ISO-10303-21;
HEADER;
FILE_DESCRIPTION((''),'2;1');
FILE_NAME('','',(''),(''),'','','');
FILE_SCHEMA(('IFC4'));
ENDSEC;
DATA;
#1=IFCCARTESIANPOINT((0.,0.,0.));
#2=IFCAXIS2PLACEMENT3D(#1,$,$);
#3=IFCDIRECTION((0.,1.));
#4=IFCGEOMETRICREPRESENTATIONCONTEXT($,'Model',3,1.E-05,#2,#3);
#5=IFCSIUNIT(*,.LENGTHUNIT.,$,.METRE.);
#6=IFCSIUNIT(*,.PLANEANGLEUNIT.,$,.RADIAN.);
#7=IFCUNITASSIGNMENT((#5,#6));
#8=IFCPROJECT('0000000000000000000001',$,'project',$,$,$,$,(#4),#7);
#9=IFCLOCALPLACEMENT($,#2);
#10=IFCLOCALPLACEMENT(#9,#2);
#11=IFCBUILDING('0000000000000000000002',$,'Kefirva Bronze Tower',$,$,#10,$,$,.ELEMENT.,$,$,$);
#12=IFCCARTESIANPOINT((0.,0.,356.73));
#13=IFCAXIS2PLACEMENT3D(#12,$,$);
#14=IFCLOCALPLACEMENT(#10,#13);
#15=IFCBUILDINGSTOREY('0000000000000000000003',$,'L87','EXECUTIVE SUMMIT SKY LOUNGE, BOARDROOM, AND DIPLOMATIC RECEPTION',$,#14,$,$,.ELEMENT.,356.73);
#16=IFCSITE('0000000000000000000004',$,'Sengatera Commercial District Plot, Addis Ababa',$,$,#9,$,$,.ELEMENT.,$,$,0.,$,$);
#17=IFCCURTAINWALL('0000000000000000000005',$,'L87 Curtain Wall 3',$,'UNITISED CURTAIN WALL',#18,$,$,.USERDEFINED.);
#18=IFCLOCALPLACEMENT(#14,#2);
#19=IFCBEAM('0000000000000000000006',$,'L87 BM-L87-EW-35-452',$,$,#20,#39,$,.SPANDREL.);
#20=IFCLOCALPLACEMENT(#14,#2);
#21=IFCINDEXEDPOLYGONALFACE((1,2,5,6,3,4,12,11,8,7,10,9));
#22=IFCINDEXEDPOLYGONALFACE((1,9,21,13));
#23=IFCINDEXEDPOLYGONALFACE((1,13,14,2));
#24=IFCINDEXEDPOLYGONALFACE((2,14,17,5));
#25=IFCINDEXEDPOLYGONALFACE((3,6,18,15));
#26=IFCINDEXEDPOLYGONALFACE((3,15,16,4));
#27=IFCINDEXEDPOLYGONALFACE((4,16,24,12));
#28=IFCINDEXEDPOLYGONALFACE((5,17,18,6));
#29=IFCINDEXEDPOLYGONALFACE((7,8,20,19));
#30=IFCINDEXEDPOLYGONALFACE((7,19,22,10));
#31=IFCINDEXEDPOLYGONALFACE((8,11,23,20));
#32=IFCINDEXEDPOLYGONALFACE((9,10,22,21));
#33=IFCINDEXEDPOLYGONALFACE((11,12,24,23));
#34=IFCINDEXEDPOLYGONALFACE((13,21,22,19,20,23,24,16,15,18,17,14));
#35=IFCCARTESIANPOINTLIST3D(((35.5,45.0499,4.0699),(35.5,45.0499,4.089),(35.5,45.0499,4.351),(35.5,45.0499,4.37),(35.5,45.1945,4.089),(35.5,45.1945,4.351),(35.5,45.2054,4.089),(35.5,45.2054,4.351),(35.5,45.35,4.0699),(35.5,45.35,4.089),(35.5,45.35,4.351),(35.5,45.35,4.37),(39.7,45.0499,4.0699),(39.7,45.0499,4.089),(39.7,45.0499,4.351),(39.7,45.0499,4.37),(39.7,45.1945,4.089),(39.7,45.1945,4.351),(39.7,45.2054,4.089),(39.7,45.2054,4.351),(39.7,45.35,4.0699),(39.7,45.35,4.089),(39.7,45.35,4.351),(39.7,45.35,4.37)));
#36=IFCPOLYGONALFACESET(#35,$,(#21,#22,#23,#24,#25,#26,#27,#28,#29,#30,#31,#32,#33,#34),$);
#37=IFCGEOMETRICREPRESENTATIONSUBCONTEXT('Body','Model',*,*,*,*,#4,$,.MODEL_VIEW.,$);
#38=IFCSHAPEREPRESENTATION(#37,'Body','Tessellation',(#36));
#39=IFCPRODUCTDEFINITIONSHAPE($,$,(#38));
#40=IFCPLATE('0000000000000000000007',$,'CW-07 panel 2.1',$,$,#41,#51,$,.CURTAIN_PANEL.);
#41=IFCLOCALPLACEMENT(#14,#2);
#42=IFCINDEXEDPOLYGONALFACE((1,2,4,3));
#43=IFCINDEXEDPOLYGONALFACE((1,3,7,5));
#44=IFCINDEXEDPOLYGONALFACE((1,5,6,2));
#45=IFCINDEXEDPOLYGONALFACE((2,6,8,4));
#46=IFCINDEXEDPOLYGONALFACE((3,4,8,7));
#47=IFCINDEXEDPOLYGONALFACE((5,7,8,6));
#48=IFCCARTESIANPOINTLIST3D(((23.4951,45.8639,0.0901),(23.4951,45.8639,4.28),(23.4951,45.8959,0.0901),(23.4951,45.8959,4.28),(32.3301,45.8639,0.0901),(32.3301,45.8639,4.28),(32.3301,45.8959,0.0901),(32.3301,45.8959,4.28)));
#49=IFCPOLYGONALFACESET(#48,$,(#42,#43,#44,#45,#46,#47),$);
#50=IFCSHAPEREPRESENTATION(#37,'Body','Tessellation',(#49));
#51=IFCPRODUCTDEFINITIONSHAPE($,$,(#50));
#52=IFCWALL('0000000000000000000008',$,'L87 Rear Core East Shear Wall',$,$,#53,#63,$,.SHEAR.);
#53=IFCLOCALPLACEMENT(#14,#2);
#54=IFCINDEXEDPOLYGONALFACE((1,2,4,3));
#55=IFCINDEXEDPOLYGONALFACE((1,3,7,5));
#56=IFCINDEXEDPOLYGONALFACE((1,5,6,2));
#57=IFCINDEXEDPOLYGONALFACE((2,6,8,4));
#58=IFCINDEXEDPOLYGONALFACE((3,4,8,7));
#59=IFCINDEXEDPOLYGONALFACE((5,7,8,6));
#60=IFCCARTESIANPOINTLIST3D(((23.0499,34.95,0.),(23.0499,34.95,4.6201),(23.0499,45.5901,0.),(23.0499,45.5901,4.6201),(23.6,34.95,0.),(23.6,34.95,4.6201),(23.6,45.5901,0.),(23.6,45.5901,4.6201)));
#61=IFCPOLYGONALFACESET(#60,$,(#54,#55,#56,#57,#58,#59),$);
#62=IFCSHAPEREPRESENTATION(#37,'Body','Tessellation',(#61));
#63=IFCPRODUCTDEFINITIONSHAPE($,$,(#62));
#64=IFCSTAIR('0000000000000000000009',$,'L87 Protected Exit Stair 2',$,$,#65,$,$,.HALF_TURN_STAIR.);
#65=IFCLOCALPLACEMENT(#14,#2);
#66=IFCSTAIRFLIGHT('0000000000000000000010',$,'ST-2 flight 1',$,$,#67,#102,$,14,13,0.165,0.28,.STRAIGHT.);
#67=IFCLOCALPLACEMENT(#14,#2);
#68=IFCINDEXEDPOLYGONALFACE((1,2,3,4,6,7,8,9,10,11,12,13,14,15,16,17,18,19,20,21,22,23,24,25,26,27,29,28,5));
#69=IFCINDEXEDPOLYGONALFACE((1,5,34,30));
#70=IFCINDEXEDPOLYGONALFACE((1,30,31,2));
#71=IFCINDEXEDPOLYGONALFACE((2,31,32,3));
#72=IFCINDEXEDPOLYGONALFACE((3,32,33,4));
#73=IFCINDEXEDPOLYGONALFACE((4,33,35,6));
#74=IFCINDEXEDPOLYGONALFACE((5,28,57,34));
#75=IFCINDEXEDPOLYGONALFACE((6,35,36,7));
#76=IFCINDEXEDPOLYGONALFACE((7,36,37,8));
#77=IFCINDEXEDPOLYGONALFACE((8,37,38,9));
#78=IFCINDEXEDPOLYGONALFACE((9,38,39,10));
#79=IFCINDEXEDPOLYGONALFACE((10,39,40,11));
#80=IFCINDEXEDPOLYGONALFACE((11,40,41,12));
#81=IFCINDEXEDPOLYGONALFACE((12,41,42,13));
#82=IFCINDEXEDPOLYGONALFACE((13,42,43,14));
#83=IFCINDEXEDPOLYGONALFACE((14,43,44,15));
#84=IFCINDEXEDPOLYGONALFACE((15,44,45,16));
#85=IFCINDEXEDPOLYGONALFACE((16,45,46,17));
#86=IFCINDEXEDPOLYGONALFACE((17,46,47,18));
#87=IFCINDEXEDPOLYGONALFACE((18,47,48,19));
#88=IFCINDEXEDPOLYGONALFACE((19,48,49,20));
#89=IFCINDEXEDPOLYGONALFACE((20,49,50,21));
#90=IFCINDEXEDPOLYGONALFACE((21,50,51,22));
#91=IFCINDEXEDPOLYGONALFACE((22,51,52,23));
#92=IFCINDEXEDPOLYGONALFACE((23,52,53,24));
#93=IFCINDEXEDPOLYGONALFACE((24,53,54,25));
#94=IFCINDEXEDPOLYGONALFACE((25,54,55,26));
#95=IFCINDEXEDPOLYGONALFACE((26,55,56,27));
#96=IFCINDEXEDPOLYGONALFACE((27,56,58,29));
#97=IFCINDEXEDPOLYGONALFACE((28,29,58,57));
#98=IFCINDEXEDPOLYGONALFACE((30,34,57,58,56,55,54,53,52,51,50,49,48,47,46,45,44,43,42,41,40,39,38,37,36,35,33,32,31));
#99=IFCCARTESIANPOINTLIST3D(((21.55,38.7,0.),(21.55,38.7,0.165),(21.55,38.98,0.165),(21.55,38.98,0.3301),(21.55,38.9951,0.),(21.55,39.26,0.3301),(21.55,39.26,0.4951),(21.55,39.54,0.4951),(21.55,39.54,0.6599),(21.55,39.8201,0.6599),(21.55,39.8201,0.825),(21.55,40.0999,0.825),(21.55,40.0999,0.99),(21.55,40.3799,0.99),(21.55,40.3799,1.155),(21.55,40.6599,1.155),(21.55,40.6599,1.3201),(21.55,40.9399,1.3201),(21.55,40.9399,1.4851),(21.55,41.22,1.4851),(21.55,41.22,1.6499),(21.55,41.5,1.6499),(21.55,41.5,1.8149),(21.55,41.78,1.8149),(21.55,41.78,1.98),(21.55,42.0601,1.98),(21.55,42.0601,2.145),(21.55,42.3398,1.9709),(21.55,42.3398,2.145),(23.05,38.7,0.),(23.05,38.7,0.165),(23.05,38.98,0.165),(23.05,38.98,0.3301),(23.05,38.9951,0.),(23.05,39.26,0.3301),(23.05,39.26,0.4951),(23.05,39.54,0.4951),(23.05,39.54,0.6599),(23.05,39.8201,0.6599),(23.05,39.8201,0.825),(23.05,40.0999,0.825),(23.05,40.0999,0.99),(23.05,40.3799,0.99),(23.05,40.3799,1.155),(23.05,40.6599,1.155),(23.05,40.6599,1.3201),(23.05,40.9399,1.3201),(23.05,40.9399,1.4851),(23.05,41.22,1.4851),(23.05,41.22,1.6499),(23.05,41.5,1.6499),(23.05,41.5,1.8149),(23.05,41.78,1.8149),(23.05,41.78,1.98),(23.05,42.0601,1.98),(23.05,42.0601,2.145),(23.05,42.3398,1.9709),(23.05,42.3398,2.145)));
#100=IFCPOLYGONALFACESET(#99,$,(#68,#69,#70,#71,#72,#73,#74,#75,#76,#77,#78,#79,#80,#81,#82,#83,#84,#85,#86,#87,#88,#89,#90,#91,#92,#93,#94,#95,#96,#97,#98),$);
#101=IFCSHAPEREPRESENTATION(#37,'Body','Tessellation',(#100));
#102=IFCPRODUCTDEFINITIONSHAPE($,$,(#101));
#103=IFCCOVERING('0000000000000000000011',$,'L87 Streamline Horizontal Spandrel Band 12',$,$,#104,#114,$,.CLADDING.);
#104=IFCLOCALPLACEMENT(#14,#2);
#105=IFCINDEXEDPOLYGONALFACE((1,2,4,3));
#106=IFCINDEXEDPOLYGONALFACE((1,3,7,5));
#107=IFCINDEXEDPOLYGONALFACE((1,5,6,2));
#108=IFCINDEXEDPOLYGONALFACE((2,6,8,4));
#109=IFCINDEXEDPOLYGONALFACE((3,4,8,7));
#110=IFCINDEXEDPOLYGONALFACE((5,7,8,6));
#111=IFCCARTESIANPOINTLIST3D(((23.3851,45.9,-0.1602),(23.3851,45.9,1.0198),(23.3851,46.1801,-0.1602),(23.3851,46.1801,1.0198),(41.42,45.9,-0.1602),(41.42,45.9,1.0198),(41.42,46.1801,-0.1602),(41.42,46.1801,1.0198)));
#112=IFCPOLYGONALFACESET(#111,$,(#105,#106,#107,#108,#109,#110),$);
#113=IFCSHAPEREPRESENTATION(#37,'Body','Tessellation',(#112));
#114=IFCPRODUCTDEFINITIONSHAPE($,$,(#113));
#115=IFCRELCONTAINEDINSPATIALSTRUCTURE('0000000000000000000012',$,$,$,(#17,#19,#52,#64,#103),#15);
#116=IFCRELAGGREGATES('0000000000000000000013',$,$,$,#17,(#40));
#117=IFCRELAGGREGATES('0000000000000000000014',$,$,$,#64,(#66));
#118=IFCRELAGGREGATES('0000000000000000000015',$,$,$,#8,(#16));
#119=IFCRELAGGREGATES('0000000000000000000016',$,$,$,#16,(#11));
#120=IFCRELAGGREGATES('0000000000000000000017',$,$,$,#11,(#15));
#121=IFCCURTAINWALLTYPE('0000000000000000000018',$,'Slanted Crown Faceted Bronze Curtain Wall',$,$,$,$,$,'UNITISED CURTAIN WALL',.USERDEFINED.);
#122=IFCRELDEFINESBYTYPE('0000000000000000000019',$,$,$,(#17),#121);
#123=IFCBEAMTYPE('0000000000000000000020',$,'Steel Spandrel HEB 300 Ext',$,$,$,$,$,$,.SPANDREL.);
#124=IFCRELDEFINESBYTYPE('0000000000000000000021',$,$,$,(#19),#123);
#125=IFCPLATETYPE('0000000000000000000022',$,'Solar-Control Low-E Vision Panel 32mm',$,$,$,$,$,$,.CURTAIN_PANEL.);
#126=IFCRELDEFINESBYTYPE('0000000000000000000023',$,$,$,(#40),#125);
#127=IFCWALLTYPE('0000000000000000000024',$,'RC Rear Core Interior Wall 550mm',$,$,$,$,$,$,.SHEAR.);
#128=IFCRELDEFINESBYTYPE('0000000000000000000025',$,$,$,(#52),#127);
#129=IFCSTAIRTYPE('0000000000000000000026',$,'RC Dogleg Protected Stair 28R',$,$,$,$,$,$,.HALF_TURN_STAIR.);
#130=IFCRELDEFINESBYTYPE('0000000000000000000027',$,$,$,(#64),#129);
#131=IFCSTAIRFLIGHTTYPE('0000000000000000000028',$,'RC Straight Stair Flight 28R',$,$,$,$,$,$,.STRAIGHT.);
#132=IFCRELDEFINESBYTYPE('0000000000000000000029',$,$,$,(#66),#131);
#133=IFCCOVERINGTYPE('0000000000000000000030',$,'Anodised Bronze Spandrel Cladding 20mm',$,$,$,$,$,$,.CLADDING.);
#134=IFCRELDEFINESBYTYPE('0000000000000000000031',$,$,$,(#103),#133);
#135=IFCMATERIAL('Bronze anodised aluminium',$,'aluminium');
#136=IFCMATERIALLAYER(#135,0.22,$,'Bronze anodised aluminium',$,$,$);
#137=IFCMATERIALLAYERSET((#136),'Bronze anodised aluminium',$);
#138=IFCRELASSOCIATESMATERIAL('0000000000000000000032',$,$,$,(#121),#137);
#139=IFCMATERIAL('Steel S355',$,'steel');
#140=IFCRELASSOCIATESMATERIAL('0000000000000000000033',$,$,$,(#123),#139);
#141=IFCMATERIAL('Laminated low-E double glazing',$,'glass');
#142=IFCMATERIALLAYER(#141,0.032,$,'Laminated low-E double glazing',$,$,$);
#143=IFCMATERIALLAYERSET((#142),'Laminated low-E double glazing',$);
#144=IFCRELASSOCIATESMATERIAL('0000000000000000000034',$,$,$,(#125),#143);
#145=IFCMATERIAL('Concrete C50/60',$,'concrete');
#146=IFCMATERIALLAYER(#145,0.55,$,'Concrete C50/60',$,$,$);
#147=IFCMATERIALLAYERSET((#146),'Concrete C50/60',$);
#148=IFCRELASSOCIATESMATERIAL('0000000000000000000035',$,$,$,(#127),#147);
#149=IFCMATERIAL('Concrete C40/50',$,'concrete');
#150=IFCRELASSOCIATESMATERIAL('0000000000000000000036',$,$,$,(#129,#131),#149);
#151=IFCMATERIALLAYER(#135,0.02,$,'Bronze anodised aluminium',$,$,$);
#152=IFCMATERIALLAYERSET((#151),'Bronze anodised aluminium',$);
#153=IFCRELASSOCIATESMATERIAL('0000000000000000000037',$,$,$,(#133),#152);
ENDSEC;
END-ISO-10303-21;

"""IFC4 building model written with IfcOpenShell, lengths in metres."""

from ifc_helpers import new_model, si_unit, direction, frame, frame_2d, origin, origin_2d, place, context, subcontext, project, spatial, polyline, rectangle, i_section, outline, extrude, material, layer, layer_set, material_profile, profile_set, type_object, element, aggregate, save


model = new_model("IFC4")

# Units and contexts
model_context = context("Model", 3, precision=1e-05, world=origin(), true_north=direction((0.0, 1.0)))
body_context = subcontext(model_context, "Body", "Model", "MODEL_VIEW")
ifc_project = project(units=[si_unit("LENGTHUNIT", "METRE"), si_unit("PLANEANGLEUNIT", "RADIAN")], contexts=[model_context])

# Site, building, storey
site_placement = place(None, origin())
site = spatial("IfcSite", under=ifc_project, at=site_placement, Name="Sengatera Commercial District Plot, Addis Ababa", CompositionType="ELEMENT", RefElevation=0.0)
building_placement = place(site_placement, origin())
building = spatial("IfcBuilding", under=site, at=building_placement, Name="Kefirva Bronze Tower", CompositionType="ELEMENT")
storey_placement = place(building_placement, frame((0.0, 0.0, 356.73)))
storey = spatial("IfcBuildingStorey", under=building, at=storey_placement, Name="L87", Description="EXECUTIVE SUMMIT SKY LOUNGE, BOARDROOM, AND DIPLOMATIC RECEPTION", CompositionType="ELEMENT", Elevation=356.73)

# Shared definitions
ifc_material_1 = material(Name="Concrete C50/60", Category="concrete")

# Curtain wall
ifc_material_2 = material(Name="Bronze anodised aluminium", Category="aluminium")
ifc_layer_1 = layer(ifc_material_2, 0.22, Name="Bronze anodised aluminium")
ifc_layer_set_1 = layer_set([ifc_layer_1], Name="Bronze anodised aluminium")
curtain_wall_type = type_object("IfcCurtainWallType", Name="Slanted Crown Faceted Bronze Curtain Wall", ElementType="UNITISED CURTAIN WALL", PredefinedType="USERDEFINED", material=ifc_layer_set_1)
curtain_wall_placement = place(storey_placement, origin())
curtain_wall = element("IfcCurtainWall", 1, at=curtain_wall_placement, inside=storey, type_object=curtain_wall_type, Name="L87 Curtain Wall 3", ObjectType="UNITISED CURTAIN WALL", PredefinedType="USERDEFINED")

# Beam
ifc_material_3 = material(Name="Steel S355", Category="steel")
ifc_material_profile_1 = material_profile(ifc_material_3, i_section(OverallWidth=0.3, OverallDepth=0.3, WebThickness=0.011, FlangeThickness=0.019, at=origin_2d()), Name="HEB 300")
ifc_profile_set_1 = profile_set([ifc_material_profile_1], Name="Steel S355")
beam_type_1 = type_object("IfcBeamType", Name="Steel Spandrel HEB 300 Ext", PredefinedType="SPANDREL", material=ifc_profile_set_1)
beam_1_placement = place(storey_placement, frame((35.5, 45.2, 4.22), z_axis=(1.0, 0.0, 0.0), x_axis=(0.0, 1.0, 0.0)))
element("IfcBeam", 2, at=beam_1_placement, inside=storey, type_object=beam_type_1, Name="L87 BM-L87-EW-35-452", PredefinedType="SPANDREL", context=body_context, shape_type="SweptSolid", body=[
    extrude(i_section(OverallWidth=0.3, OverallDepth=0.3, WebThickness=0.011, FlangeThickness=0.019, at=origin_2d()), origin(), (0.0, 0.0, 1.0), 4.2),
])

# Plate
ifc_material_4 = material(Name="Laminated low-E double glazing", Category="glass")
ifc_layer_2 = layer(ifc_material_4, 0.032, Name="Laminated low-E double glazing")
ifc_layer_set_2 = layer_set([ifc_layer_2], Name="Laminated low-E double glazing")
plate_type = type_object("IfcPlateType", Name="Solar-Control Low-E Vision Panel 32mm", PredefinedType="CURTAIN_PANEL", material=ifc_layer_set_2)
plate_placement = place(storey_placement, frame((27.9126, 45.8799, 0.0901), z_axis=(0.0, 0.0, 1.0), x_axis=(-1.0, 0.0, 0.0)))
plate = element("IfcPlate", 3, at=plate_placement, type_object=plate_type, Name="CW-07 panel 2.1", PredefinedType="CURTAIN_PANEL", context=body_context, shape_type="SweptSolid", body=[
    extrude(rectangle(XDim=8.835, YDim=0.032, at=origin_2d()), origin(), (0.0, 0.0, 1.0), 4.1899),
])
aggregate(curtain_wall, [plate])

# Wall
ifc_layer_3 = layer(ifc_material_1, 0.55, Name="Concrete C50/60")
ifc_layer_set_3 = layer_set([ifc_layer_3], Name="Concrete C50/60")
wall_type = type_object("IfcWallType", Name="RC Rear Core Interior Wall 550mm", PredefinedType="SHEAR", material=ifc_layer_set_3)
wall_placement = place(storey_placement, frame((23.325, 34.95, 0.0), z_axis=(0.0, 0.0, 1.0), x_axis=(0.0, 1.0, 0.0)))
element("IfcWall", 4, at=wall_placement, inside=storey, type_object=wall_type, Name="L87 Rear Core East Shear Wall", PredefinedType="SHEAR", context=body_context, shape_type="SweptSolid", body=[
    extrude(rectangle(XDim=10.6401, YDim=0.55, at=frame_2d((5.3201, 0.0))), origin(), (0.0, 0.0, 1.0), 4.6201),
])

# Stair, stair flight
ifc_material_5 = material(Name="Concrete C40/50", Category="concrete")
stair_type = type_object("IfcStairType", Name="RC Dogleg Protected Stair 28R", PredefinedType="HALF_TURN_STAIR", material=ifc_material_5)
stair_placement = place(storey_placement, origin())
stair = element("IfcStair", 5, at=stair_placement, inside=storey, type_object=stair_type, Name="L87 Protected Exit Stair 2", PredefinedType="HALF_TURN_STAIR")
stair_flight_type = type_object("IfcStairFlightType", Name="RC Straight Stair Flight 28R", PredefinedType="STRAIGHT", material=ifc_material_5)
stair_flight_placement = place(storey_placement, frame((22.3, 38.7, 0.0), z_axis=(0.0, 0.0, 1.0), x_axis=(0.0, 1.0, 0.0)))
stair_flight = element("IfcStairFlight", 6, at=stair_flight_placement, type_object=stair_flight_type, Name="ST-2 flight 1", NumberOfRisers=14, NumberOfTreads=13, PredefinedType="STRAIGHT", RiserHeight=0.165, TreadLength=0.28, context=body_context, shape_type="SweptSolid", body=[
    extrude(outline(polyline([(0.0, 0.0), (0.0, 0.165), (0.28, 0.165), (0.28, 0.3301), (0.5601, 0.3301), (0.5601, 0.4951), (0.8401, 0.4951), (0.8401, 0.6599), (1.1201, 0.6599), (1.1201, 0.825), (1.3999, 0.825), (1.3999, 0.99), (1.6799, 0.99), (1.6799, 1.155), (1.96, 1.155), (1.96, 1.3201), (2.24, 1.3201), (2.24, 1.4851), (2.52, 1.4851), (2.52, 1.6499), (2.8, 1.6499), (2.8, 1.8149), (3.0801, 1.8149), (3.0801, 1.98), (3.3601, 1.98), (3.3601, 2.145), (3.6399, 2.145), (3.6399, 2.3101), (3.6399, 1.9709), (0.2952, 0.0), (0.0, 0.0)])), frame((0.0, 0.75, 0.0), z_axis=(0.0, -1.0, 0.0), x_axis=(1.0, 0.0, 0.0)), (0.0, 0.0, 1.0), 1.5),
])
aggregate(stair, [stair_flight])

# Covering
ifc_layer_4 = layer(ifc_material_2, 0.02, Name="Bronze anodised aluminium")
ifc_layer_set_4 = layer_set([ifc_layer_4], Name="Bronze anodised aluminium")
covering_type_1 = type_object("IfcCoveringType", Name="Anodised Bronze Spandrel Cladding 20mm", PredefinedType="CLADDING", material=ifc_layer_set_4)
covering_1_placement = place(storey_placement, frame((32.4026, 46.04, -0.1602), z_axis=(0.0, 0.0, 1.0), x_axis=(-1.0, 0.0, 0.0)))
element("IfcCovering", 7, at=covering_1_placement, inside=storey, type_object=covering_type_1, Name="L87 Streamline Horizontal Spandrel Band 12", PredefinedType="CLADDING", context=body_context, shape_type="SweptSolid", body=[
    extrude(rectangle(XDim=18.0349, YDim=0.28, at=origin_2d()), origin(), (0.0, 0.0, 1.0), 1.1799),
])

save(model, "model.ifc")
